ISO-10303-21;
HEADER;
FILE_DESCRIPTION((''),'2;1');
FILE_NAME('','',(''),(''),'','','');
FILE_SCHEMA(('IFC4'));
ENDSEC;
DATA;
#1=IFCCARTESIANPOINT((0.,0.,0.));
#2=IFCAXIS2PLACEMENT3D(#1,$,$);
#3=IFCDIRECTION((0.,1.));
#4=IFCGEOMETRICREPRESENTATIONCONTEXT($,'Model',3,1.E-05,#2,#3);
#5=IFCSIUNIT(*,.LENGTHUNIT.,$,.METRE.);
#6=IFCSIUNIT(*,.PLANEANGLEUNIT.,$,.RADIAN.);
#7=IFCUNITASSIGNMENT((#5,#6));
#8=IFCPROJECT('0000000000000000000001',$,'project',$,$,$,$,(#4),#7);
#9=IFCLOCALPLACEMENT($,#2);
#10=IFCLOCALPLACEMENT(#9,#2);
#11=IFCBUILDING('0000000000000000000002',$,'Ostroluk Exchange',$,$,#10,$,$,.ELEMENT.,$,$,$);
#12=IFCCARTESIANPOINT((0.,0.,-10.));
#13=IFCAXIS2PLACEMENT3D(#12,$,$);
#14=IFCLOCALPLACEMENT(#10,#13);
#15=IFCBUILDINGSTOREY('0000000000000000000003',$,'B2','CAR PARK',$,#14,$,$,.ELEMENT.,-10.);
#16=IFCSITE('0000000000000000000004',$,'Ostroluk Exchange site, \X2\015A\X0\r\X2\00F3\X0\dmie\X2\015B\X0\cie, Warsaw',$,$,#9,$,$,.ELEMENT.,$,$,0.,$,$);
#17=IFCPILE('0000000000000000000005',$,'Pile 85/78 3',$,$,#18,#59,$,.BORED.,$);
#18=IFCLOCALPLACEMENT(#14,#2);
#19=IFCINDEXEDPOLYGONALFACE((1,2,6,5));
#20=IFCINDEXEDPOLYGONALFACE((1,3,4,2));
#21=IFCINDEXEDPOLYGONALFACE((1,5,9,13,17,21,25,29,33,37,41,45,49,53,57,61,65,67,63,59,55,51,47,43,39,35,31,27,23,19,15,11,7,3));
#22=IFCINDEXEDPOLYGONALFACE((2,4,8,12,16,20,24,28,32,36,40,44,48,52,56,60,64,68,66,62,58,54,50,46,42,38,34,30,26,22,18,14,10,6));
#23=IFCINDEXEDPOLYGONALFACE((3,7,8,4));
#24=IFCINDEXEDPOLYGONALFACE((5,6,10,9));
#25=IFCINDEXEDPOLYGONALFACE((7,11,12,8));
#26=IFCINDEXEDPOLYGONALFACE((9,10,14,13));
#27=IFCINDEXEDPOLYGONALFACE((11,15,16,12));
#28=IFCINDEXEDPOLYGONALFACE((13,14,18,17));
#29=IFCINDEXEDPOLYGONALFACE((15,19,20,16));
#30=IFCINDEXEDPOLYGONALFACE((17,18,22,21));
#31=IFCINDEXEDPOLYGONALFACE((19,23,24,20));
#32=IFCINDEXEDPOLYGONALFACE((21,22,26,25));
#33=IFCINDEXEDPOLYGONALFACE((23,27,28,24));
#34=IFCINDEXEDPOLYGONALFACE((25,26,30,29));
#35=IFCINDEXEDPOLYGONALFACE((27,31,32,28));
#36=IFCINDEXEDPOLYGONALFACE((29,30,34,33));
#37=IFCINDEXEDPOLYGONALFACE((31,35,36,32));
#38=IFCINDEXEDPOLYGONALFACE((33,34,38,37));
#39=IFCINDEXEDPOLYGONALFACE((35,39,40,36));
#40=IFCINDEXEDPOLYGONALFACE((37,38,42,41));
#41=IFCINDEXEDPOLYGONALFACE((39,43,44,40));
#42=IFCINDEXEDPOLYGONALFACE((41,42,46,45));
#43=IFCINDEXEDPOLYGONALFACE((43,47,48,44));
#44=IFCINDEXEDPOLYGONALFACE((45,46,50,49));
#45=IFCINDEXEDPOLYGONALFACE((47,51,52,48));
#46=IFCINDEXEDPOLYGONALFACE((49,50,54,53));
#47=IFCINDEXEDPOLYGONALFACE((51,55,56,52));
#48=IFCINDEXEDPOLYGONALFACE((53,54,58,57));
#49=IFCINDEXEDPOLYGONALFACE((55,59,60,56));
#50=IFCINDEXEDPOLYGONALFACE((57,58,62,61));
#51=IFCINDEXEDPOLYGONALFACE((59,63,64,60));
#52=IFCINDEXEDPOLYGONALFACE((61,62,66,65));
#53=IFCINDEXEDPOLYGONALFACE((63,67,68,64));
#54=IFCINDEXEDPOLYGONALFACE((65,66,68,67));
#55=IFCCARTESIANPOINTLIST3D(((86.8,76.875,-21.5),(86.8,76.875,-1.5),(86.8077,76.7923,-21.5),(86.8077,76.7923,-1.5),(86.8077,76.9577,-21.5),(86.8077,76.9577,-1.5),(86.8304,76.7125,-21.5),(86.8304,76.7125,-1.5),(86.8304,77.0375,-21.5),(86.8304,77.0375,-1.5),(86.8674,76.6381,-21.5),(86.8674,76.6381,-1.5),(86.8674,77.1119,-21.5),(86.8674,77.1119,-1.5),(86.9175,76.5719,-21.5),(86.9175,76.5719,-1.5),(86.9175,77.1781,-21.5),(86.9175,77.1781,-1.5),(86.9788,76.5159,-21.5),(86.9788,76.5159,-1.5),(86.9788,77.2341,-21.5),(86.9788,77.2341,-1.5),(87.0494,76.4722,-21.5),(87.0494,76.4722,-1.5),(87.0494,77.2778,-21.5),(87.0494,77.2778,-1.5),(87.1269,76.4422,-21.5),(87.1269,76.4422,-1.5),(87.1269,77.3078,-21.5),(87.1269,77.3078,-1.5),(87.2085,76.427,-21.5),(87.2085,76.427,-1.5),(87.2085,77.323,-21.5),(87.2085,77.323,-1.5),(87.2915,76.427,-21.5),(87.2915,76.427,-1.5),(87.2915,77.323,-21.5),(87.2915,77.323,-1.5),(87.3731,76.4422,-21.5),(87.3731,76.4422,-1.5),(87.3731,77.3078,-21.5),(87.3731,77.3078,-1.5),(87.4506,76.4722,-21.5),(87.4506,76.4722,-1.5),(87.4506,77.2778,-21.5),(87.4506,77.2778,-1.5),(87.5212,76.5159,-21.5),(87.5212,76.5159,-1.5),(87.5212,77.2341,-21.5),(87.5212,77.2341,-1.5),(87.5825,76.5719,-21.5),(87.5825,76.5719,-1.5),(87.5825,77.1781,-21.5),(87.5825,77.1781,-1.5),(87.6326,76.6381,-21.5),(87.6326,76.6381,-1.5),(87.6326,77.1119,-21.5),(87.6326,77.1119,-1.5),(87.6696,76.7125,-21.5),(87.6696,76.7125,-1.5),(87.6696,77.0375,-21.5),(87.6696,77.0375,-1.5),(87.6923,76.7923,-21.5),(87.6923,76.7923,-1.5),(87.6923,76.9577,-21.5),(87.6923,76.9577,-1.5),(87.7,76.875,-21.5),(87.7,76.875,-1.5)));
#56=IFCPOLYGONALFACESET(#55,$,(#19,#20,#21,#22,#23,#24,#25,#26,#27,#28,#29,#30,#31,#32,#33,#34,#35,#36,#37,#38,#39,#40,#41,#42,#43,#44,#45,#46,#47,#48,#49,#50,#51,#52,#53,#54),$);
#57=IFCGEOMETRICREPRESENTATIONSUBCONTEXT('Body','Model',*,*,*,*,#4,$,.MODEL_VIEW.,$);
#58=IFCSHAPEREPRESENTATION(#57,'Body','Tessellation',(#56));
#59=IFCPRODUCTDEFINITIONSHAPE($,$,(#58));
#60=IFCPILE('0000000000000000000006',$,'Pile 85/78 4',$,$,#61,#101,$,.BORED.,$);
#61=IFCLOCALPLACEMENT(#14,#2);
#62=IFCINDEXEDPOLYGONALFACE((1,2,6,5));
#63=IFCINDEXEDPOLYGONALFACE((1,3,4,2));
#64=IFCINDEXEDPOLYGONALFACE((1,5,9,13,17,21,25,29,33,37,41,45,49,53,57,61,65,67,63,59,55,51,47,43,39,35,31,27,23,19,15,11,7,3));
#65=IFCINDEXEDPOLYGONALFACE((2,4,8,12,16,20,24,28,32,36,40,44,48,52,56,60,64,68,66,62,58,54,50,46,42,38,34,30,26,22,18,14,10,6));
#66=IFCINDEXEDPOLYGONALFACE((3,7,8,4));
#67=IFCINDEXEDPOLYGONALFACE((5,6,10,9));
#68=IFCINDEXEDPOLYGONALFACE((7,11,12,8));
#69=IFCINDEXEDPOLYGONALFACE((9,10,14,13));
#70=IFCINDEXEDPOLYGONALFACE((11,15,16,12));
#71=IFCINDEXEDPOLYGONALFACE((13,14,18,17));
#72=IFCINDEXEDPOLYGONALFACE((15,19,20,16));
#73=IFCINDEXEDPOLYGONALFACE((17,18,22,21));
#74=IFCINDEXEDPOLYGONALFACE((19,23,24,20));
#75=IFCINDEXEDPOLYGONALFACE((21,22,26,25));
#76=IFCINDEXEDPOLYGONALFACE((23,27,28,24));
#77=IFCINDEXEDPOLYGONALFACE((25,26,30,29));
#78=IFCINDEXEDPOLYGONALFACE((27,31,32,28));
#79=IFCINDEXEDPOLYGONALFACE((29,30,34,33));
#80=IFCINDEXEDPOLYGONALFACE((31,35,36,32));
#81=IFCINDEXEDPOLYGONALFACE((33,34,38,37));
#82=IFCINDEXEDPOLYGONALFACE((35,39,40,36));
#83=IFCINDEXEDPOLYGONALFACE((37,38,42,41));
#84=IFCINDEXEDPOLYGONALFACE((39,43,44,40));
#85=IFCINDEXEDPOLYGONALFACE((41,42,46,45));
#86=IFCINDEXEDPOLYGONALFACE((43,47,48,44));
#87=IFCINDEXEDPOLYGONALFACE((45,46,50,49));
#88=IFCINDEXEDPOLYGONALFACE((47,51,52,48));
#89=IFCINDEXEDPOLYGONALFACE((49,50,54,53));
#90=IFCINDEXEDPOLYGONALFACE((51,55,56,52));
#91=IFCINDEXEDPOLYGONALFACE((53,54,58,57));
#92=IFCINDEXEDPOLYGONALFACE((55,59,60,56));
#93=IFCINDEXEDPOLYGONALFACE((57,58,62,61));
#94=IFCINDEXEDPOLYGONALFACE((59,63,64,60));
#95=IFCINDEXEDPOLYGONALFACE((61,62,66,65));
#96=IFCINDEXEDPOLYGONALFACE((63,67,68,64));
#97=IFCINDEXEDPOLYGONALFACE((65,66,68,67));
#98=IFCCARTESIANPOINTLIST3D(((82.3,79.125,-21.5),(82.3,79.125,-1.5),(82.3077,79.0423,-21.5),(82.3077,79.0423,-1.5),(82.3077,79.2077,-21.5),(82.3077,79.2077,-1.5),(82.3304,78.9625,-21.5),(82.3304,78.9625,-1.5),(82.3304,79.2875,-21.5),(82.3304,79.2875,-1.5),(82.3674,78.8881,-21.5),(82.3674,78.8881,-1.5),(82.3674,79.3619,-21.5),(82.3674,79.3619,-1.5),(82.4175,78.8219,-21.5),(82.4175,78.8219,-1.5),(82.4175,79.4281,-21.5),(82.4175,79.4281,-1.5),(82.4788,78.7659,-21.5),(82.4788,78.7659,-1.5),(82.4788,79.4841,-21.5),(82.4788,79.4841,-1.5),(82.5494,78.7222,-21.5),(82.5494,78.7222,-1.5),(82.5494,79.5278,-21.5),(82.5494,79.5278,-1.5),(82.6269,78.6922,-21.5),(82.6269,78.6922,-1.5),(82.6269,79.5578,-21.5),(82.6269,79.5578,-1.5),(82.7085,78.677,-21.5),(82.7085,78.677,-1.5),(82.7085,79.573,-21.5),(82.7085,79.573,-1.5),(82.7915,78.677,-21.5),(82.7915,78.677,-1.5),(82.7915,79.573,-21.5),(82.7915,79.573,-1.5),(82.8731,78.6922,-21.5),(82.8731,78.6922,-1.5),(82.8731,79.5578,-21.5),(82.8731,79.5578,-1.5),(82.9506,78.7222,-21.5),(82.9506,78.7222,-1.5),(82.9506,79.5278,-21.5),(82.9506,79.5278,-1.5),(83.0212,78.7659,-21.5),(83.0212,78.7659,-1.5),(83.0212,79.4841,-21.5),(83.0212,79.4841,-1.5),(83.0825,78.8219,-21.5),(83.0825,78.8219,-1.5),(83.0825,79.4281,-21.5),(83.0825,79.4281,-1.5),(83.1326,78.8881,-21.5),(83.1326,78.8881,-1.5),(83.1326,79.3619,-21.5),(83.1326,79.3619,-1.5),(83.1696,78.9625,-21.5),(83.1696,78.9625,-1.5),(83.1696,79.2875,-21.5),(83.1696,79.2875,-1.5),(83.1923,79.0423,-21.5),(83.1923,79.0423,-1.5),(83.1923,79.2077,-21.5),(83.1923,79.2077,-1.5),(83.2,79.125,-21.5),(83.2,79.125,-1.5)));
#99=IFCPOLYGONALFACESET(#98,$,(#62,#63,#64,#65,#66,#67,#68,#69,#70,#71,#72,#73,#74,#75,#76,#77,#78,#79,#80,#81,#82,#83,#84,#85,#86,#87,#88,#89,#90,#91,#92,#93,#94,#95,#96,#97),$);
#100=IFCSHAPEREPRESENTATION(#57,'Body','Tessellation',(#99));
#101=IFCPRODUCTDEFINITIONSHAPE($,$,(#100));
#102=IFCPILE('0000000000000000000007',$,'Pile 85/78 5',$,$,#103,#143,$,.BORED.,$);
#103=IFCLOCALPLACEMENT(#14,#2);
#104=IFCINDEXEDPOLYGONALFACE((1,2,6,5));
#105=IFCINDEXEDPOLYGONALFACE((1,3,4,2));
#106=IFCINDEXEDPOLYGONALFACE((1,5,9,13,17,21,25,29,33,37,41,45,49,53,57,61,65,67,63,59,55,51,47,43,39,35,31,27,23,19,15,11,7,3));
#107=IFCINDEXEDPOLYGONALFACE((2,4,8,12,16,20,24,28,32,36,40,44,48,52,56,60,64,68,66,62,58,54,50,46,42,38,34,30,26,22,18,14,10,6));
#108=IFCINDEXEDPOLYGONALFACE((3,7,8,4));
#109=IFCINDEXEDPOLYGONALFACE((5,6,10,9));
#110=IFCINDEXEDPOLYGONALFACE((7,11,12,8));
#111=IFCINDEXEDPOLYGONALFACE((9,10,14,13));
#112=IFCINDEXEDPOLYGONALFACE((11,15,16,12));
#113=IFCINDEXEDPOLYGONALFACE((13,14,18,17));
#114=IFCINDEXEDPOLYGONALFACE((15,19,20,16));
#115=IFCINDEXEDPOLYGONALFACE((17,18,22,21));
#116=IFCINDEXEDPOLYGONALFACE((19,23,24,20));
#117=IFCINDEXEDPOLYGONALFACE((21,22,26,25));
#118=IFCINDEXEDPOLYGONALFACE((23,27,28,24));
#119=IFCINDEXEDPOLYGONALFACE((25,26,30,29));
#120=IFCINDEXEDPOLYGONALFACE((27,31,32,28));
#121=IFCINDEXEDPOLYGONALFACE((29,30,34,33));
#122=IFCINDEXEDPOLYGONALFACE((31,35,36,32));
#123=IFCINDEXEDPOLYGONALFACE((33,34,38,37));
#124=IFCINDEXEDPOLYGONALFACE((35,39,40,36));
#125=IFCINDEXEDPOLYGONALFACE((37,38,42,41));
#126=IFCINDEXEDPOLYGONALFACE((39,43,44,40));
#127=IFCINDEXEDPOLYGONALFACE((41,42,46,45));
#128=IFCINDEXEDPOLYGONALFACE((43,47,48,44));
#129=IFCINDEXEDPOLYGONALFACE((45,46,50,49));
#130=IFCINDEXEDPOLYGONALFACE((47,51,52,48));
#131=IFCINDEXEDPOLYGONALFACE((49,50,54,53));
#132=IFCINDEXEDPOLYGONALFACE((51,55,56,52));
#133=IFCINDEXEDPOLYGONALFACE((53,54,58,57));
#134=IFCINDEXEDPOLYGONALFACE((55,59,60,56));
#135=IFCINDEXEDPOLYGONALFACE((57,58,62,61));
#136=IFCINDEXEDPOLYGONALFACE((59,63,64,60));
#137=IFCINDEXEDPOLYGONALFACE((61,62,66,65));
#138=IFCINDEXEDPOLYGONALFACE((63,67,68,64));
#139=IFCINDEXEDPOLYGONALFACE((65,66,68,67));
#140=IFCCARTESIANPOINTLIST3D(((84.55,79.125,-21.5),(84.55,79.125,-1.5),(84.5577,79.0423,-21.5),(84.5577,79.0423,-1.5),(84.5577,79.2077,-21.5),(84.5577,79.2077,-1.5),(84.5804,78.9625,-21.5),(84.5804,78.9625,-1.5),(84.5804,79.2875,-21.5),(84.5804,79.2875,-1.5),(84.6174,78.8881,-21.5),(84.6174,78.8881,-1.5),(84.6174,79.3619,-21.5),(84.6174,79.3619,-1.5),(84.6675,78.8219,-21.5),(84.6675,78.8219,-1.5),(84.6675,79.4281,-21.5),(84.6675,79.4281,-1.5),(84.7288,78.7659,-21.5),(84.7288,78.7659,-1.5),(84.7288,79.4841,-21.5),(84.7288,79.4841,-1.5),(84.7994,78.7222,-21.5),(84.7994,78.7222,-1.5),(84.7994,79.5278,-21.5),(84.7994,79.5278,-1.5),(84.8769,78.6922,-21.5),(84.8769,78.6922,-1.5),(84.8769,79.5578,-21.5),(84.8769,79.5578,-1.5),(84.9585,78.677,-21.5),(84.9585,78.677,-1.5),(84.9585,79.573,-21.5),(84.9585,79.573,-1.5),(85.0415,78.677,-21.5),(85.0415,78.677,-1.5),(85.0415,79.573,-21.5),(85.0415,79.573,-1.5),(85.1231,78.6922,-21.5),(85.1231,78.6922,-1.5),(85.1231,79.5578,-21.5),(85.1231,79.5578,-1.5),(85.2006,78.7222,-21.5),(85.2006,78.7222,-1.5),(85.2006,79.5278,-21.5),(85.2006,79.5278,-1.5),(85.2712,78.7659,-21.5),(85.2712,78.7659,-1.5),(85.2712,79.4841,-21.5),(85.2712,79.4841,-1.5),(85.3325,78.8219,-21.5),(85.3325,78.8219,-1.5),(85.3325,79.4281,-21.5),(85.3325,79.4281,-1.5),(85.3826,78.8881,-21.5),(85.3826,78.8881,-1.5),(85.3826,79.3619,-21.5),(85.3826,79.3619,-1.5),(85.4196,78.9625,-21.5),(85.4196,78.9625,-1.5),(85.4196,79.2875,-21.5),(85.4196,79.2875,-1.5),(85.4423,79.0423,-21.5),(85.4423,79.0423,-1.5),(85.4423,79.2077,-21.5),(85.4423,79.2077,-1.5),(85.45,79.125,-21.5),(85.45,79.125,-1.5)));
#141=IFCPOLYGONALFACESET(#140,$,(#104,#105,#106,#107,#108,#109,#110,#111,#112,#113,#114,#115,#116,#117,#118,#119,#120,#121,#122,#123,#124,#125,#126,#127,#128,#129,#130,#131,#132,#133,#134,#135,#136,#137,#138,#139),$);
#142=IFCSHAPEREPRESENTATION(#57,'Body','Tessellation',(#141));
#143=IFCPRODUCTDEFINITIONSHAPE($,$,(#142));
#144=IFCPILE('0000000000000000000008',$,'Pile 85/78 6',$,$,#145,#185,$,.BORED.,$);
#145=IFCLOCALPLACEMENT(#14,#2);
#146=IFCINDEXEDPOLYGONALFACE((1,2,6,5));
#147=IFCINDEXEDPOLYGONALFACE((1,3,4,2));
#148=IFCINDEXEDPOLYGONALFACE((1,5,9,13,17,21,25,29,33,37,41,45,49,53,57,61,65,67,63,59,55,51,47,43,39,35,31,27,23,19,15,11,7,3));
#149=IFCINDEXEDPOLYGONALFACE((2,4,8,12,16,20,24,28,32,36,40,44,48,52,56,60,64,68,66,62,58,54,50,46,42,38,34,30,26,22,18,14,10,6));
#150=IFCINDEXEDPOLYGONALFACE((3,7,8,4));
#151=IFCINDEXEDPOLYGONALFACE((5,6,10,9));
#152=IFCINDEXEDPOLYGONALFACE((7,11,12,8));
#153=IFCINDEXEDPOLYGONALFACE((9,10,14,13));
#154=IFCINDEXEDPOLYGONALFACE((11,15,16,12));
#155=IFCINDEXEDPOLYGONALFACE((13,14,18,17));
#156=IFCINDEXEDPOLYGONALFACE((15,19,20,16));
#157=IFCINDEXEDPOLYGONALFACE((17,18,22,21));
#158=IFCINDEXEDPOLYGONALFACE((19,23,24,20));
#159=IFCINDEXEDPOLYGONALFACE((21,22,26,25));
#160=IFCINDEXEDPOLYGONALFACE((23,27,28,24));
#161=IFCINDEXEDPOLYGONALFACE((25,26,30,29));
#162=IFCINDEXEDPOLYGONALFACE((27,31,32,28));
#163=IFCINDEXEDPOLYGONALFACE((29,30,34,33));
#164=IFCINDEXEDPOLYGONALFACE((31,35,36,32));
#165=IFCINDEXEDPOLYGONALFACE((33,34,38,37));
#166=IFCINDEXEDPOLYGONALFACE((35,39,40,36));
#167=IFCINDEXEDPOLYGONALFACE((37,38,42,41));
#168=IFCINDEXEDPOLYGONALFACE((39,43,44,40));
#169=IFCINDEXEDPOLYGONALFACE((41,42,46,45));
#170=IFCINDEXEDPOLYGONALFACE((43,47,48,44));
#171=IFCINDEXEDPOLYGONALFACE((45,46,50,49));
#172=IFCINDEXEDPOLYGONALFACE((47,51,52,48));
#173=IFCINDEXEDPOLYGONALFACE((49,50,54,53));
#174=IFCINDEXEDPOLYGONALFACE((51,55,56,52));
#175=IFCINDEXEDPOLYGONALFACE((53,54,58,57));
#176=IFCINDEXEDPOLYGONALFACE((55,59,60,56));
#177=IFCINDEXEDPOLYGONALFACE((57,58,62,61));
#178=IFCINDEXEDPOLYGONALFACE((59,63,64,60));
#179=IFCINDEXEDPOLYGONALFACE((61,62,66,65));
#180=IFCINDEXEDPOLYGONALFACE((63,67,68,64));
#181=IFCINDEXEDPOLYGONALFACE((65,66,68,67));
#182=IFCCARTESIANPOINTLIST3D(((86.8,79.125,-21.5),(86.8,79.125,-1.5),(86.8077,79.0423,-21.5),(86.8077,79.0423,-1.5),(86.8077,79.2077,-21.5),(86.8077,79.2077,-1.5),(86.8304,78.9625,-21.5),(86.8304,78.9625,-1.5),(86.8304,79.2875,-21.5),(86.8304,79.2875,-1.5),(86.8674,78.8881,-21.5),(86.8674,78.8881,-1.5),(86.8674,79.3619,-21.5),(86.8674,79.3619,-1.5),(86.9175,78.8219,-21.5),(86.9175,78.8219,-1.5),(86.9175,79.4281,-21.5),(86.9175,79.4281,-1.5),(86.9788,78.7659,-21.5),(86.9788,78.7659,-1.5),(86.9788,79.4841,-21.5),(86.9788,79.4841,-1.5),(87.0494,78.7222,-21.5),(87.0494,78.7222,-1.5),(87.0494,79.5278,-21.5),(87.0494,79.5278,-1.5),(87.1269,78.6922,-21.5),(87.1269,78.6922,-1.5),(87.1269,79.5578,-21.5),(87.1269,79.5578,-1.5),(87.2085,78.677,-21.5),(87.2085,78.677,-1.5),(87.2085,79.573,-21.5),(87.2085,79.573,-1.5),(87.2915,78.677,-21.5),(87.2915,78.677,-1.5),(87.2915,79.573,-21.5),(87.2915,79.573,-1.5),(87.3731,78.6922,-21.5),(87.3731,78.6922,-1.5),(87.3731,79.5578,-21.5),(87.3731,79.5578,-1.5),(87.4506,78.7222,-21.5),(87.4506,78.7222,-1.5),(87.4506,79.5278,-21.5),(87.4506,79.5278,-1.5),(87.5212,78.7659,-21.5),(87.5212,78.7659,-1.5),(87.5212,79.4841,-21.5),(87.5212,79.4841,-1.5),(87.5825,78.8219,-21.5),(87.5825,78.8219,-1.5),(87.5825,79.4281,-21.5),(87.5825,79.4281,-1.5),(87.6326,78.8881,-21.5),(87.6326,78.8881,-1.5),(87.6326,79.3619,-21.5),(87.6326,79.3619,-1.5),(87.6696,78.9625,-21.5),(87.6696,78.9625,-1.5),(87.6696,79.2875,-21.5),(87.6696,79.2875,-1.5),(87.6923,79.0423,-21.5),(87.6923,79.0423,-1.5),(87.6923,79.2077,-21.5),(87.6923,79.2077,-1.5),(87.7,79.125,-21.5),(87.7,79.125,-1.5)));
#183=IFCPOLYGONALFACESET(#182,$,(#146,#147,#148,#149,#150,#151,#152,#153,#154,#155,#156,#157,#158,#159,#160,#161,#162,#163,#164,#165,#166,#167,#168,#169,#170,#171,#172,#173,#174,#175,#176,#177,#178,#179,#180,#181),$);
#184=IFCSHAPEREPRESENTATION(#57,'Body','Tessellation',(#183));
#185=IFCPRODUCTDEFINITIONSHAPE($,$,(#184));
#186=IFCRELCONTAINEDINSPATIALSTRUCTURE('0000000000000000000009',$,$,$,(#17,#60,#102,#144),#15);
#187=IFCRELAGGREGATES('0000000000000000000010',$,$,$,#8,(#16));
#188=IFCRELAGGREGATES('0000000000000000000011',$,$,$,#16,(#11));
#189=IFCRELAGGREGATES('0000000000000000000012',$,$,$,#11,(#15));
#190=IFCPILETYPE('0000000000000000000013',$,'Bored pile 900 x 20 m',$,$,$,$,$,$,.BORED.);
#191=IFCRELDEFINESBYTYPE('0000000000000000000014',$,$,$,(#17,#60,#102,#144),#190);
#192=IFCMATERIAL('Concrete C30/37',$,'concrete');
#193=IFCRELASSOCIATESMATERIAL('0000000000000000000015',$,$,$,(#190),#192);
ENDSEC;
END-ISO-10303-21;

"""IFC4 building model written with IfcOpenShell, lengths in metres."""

from ifc_helpers import new_model, si_unit, direction, frame, origin, origin_2d, place, context, subcontext, project, spatial, circle, extrude, material, type_object, element, save


model = new_model("IFC4")

# Units and contexts
model_context = context("Model", 3, precision=1e-05, world=origin(), true_north=direction((0.0, 1.0)))
body_context = subcontext(model_context, "Body", "Model", "MODEL_VIEW")
ifc_project = project(units=[si_unit("LENGTHUNIT", "METRE"), si_unit("PLANEANGLEUNIT", "RADIAN")], contexts=[model_context])

# Site, building, storey
site_placement = place(None, origin())
site = spatial("IfcSite", under=ifc_project, at=site_placement, Name="Ostroluk Exchange site, Śródmieście, Warsaw", CompositionType="ELEMENT", RefElevation=0.0)
building_placement = place(site_placement, origin())
building = spatial("IfcBuilding", under=site, at=building_placement, Name="Ostroluk Exchange", CompositionType="ELEMENT")
storey_placement = place(building_placement, frame((0.0, 0.0, -10.0)))
storey = spatial("IfcBuildingStorey", under=building, at=storey_placement, Name="B2", Description="CAR PARK", CompositionType="ELEMENT", Elevation=-10.0)

# Piles
ifc_material_1 = material(Name="Concrete C30/37", Category="concrete")
pile_type = type_object("IfcPileType", Name="Bored pile 900 x 20 m", PredefinedType="BORED", material=ifc_material_1)
for number, where, z_axis, x_axis, name in (
    (1, (87.25, 76.875, -1.5), (0.0, 0.0, -1.0), (1.0, 0.0, 0.0), "Pile 85/78 3"),
    (2, (82.75, 79.125, -1.5), (0.0, 0.0, -1.0), (1.0, 0.0, 0.0), "Pile 85/78 4"),
    (3, (85.0, 79.125, -1.5), (0.0, 0.0, -1.0), (1.0, 0.0, 0.0), "Pile 85/78 5"),
    (4, (87.25, 79.125, -1.5), (0.0, 0.0, -1.0), (1.0, 0.0, 0.0), "Pile 85/78 6"),
):
    element("IfcPile", number, at=place(storey_placement, frame(where, z_axis=z_axis, x_axis=x_axis)), inside=storey, type_object=pile_type, Name=name, PredefinedType="BORED", context=body_context, shape_type="SweptSolid", body=[
        extrude(circle(Radius=0.45, at=origin_2d()), origin(), (0.0, 0.0, 1.0), 20.0),
    ])

save(model, "model.ifc")
